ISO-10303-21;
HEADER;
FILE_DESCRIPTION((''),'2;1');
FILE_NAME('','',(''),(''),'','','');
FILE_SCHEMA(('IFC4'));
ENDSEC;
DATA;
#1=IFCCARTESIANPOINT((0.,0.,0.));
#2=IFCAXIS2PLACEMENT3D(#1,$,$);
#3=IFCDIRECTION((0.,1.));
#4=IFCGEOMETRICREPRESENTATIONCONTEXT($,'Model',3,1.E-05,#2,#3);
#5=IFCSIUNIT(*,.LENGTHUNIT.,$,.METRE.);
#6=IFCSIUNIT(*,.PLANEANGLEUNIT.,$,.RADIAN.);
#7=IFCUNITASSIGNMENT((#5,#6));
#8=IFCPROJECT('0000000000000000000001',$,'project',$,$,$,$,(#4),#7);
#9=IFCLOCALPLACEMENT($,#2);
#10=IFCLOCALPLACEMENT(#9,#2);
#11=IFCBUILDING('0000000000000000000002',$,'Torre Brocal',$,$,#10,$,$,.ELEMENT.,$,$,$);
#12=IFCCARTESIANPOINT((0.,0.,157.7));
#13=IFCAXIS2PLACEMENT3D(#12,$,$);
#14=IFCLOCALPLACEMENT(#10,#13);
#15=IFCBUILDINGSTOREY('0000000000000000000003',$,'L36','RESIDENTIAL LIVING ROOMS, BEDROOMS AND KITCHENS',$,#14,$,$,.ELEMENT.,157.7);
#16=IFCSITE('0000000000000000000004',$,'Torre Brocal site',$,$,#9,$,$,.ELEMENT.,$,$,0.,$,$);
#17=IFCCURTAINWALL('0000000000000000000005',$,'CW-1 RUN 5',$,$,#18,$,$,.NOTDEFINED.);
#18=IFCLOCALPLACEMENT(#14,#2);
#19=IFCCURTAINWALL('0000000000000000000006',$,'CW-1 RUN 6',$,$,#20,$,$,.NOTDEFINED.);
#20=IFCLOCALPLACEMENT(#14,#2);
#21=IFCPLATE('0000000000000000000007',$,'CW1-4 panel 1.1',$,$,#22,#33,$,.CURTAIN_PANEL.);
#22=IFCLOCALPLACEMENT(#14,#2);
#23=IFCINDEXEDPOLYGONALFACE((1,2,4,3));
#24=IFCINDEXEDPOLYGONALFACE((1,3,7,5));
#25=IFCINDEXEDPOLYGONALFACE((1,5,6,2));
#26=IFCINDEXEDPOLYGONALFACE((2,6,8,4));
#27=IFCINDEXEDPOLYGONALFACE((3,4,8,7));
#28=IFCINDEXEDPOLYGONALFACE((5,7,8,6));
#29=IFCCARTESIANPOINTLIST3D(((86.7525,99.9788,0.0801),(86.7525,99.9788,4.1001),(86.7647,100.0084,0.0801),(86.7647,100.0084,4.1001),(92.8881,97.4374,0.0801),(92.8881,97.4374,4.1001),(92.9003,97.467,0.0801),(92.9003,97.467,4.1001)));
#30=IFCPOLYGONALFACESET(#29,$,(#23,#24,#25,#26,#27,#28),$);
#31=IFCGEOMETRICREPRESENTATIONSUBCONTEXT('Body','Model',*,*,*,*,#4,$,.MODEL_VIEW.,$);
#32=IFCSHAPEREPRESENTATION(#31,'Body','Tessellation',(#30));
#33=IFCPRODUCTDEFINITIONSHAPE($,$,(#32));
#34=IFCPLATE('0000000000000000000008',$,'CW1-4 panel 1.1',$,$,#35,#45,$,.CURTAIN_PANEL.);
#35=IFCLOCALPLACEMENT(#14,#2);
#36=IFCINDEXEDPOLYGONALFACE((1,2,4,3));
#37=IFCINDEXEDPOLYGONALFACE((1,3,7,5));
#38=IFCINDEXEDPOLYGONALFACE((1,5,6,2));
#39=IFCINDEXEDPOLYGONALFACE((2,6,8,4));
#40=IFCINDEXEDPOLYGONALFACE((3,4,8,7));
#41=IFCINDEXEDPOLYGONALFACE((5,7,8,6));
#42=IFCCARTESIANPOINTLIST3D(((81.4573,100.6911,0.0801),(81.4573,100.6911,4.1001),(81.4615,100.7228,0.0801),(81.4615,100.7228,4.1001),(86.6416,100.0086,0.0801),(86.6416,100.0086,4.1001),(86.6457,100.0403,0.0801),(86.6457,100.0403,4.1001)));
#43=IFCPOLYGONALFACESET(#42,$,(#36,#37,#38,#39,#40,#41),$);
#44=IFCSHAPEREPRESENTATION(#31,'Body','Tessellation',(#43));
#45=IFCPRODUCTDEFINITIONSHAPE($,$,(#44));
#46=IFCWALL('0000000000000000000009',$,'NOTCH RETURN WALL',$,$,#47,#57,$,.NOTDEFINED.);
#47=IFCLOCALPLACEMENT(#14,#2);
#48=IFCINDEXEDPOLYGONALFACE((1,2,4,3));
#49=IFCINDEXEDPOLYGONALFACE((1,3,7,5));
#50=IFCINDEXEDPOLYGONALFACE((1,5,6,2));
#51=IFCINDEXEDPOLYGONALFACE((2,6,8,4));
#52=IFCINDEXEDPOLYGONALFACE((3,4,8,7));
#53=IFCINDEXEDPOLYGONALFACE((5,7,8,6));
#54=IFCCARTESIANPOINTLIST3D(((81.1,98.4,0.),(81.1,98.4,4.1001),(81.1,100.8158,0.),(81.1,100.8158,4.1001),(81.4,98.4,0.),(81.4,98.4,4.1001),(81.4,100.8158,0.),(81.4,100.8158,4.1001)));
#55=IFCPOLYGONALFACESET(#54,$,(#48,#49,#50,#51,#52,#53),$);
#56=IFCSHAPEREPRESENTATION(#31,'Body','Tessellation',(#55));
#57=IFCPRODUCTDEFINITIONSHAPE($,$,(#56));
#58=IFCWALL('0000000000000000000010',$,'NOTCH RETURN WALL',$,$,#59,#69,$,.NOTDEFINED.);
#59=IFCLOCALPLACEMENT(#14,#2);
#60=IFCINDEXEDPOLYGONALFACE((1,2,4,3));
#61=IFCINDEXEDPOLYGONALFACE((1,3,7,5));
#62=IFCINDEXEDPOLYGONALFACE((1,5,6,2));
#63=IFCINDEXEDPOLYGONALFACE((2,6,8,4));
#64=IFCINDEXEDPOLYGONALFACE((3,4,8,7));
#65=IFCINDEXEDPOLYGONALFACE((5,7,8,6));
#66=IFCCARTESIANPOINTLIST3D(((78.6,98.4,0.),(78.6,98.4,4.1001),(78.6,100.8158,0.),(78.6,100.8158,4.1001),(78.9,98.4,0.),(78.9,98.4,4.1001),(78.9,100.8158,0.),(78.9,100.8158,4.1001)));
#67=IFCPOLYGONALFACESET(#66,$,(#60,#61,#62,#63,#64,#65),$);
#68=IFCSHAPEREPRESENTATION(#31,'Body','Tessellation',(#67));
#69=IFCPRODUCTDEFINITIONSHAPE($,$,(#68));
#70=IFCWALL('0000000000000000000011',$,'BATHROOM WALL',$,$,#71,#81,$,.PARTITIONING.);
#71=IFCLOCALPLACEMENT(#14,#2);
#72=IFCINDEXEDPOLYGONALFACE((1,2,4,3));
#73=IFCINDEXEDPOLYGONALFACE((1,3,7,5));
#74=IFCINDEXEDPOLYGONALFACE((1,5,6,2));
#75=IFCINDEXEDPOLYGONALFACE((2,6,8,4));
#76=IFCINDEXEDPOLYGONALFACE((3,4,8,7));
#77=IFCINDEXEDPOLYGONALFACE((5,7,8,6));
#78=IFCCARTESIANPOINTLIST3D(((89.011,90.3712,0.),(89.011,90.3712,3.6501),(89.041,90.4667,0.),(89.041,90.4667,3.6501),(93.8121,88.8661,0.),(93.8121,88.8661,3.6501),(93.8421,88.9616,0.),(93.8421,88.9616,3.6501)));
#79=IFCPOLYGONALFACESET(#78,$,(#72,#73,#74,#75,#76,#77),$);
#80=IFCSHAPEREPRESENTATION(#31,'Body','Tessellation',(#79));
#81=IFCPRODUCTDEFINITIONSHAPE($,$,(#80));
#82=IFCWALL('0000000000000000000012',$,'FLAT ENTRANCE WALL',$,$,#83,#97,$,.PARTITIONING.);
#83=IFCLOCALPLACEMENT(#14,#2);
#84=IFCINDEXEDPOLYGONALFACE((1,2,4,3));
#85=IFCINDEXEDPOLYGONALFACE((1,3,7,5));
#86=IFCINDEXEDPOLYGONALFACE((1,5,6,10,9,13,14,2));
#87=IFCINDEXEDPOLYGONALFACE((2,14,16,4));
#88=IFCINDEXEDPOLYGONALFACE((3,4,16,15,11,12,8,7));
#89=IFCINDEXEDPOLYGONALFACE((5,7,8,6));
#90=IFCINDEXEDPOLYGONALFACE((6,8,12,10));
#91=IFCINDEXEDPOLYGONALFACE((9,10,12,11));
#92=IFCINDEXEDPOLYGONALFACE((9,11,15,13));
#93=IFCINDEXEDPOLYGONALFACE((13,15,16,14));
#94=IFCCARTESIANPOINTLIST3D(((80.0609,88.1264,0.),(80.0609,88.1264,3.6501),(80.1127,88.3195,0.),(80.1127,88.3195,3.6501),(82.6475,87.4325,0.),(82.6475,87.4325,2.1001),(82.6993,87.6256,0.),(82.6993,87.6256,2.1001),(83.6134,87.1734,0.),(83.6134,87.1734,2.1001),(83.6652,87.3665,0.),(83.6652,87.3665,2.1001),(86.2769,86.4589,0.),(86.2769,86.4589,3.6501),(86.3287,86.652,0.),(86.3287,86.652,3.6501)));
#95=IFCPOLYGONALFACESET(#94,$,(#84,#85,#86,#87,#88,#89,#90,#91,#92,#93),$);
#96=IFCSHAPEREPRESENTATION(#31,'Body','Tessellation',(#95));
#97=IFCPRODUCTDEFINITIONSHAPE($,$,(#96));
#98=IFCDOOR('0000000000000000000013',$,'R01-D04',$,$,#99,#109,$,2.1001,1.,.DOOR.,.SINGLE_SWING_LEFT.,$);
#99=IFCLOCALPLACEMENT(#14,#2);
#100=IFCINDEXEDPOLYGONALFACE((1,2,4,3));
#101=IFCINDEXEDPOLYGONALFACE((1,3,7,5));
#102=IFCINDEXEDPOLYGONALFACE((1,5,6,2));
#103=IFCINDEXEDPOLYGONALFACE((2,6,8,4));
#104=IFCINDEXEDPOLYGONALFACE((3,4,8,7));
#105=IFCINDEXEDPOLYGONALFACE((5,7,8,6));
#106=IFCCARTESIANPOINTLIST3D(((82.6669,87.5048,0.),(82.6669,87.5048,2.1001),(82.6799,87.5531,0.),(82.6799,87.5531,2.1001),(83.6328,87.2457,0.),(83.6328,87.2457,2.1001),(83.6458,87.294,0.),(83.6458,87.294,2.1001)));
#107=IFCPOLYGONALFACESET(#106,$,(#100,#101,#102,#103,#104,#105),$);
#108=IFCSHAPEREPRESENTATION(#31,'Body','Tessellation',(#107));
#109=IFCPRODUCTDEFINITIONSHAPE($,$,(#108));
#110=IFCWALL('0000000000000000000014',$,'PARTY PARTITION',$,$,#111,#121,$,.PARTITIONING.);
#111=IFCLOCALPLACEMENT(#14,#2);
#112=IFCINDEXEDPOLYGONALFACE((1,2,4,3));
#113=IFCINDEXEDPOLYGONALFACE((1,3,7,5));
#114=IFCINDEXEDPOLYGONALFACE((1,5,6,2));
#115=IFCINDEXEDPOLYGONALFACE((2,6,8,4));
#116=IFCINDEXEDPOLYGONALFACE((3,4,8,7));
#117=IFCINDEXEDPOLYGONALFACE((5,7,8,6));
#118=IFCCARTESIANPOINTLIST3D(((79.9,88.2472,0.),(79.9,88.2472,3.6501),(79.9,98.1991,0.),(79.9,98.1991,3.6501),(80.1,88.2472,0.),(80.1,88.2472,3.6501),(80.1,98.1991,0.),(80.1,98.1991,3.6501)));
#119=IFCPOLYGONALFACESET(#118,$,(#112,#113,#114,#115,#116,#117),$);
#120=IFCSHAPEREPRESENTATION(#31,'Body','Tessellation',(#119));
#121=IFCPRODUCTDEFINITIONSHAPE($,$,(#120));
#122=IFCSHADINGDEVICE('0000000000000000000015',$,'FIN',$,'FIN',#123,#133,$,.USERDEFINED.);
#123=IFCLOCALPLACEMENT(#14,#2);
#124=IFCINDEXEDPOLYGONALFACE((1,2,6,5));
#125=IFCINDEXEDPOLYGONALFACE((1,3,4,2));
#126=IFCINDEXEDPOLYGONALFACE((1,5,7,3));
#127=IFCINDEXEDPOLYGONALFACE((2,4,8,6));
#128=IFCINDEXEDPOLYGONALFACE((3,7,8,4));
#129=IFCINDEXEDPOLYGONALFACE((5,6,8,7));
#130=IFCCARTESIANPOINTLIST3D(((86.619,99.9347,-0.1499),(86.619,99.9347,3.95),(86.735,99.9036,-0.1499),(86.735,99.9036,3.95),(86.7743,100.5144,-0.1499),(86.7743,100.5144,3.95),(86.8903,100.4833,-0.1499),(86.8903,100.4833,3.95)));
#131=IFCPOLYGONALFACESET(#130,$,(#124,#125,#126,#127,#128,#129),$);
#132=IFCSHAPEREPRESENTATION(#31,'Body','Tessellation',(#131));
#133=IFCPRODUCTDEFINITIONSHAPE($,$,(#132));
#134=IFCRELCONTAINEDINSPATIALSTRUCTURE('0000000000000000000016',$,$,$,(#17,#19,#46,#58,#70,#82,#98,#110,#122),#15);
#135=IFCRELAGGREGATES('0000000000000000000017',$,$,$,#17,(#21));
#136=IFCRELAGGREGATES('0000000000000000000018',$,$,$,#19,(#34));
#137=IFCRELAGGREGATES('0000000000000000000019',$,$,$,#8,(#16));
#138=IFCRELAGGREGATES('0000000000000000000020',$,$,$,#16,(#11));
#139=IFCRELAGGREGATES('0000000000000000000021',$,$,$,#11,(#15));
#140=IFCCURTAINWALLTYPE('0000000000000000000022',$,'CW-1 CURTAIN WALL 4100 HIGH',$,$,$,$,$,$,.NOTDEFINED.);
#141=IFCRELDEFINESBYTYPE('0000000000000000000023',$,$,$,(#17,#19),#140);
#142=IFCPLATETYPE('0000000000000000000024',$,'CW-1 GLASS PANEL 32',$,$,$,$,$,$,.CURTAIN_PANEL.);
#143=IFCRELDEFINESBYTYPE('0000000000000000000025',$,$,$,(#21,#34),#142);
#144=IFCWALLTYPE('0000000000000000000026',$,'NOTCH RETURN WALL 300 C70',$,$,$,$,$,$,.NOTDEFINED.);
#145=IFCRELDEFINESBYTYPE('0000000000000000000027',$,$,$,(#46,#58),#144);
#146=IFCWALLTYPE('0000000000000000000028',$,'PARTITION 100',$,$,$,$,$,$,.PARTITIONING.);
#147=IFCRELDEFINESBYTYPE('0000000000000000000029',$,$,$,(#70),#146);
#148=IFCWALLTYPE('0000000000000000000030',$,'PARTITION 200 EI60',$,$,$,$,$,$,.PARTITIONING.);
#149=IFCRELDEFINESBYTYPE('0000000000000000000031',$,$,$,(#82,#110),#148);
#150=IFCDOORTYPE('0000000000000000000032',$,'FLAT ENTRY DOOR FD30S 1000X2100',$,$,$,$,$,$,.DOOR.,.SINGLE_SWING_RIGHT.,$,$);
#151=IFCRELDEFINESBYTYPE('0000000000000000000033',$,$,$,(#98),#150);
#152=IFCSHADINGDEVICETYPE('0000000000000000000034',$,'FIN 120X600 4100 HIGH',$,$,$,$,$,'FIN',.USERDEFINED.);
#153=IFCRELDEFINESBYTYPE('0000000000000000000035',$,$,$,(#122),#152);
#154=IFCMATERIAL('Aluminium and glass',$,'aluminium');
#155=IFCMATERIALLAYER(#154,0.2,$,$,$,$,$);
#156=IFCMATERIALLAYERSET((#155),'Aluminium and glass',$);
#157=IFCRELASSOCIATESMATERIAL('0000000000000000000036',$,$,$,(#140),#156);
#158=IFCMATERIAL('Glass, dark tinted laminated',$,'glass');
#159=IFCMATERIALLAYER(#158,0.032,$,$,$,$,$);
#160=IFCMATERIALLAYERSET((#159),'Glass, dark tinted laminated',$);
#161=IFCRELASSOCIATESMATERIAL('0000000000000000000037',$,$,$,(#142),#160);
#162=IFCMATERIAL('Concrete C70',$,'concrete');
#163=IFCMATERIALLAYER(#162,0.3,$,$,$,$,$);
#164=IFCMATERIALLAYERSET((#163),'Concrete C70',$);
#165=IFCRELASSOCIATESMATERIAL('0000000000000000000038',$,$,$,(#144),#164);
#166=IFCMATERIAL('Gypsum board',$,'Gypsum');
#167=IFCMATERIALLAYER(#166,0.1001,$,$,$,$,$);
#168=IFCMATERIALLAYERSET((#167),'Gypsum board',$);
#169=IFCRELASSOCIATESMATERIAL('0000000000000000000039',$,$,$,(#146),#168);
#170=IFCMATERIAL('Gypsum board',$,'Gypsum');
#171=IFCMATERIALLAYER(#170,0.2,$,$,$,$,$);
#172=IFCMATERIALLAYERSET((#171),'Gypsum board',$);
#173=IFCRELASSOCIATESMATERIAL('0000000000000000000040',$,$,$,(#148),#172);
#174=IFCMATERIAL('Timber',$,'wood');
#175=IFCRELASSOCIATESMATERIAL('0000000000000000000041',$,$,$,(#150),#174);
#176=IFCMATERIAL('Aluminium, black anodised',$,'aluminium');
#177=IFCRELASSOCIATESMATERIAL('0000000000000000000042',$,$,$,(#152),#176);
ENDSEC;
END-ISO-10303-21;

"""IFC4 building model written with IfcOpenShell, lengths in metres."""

from ifc_helpers import new_model, si_unit, direction, frame, frame_2d, origin, origin_2d, place, context, subcontext, project, spatial, rectangle, extrude, material, layer, layer_set, material_profile, profile_set, type_object, element, fill, aggregate, save


model = new_model("IFC4")

# Units and contexts
model_context = context("Model", 3, precision=1e-05, world=origin(), true_north=direction((0.0, 1.0)))
body_context = subcontext(model_context, "Body", "Model", "MODEL_VIEW")
ifc_project = project(units=[si_unit("LENGTHUNIT", "METRE"), si_unit("PLANEANGLEUNIT", "RADIAN")], contexts=[model_context])

# Site, building, storey
site_placement = place(None, origin())
site = spatial("IfcSite", under=ifc_project, at=site_placement, Name="Torre Brocal site", CompositionType="ELEMENT", RefElevation=0.0)
building_placement = place(site_placement, origin())
building = spatial("IfcBuilding", under=site, at=building_placement, Name="Torre Brocal", CompositionType="ELEMENT")
storey_placement = place(building_placement, frame((0.0, 0.0, 157.7)))
storey = spatial("IfcBuildingStorey", under=building, at=storey_placement, Name="L36", Description="RESIDENTIAL LIVING ROOMS, BEDROOMS AND KITCHENS", CompositionType="ELEMENT", Elevation=157.7)

# Curtain wall
ifc_material_1 = material(Name="Aluminium and glass", Category="aluminium")
ifc_layer_1 = layer(ifc_material_1, 0.2)
ifc_layer_set_1 = layer_set([ifc_layer_1], Name="Aluminium and glass")
curtain_wall_type = type_object("IfcCurtainWallType", Name="CW-1 CURTAIN WALL 4100 HIGH", PredefinedType="NOTDEFINED", material=ifc_layer_set_1)
curtain_wall_1_placement = place(storey_placement, origin())
curtain_wall_1 = element("IfcCurtainWall", 1, at=curtain_wall_1_placement, inside=storey, type_object=curtain_wall_type, Name="CW-1 RUN 5", PredefinedType="NOTDEFINED")

# Curtain wall
curtain_wall_2_placement = place(storey_placement, origin())
curtain_wall_2 = element("IfcCurtainWall", 2, at=curtain_wall_2_placement, inside=storey, type_object=curtain_wall_type, Name="CW-1 RUN 6", PredefinedType="NOTDEFINED")

# Plates
ifc_material_2 = material(Name="Glass, dark tinted laminated", Category="glass")
ifc_layer_2 = layer(ifc_material_2, 0.032)
ifc_layer_set_2 = layer_set([ifc_layer_2], Name="Glass, dark tinted laminated")
plate_type = type_object("IfcPlateType", Name="CW-1 GLASS PANEL 32", PredefinedType="CURTAIN_PANEL", material=ifc_layer_set_2)
plate_1_placement = place(storey_placement, frame((89.8264, 98.7229, 0.0801), z_axis=(0.0, 0.0, 1.0), x_axis=(-0.92388, 0.382683, 0.0)))
plate_1 = element("IfcPlate", 3, at=plate_1_placement, type_object=plate_type, Name="CW1-4 panel 1.1", PredefinedType="CURTAIN_PANEL", context=body_context, shape_type="SweptSolid", body=[
    extrude(rectangle(XDim=6.6411, YDim=0.032, at=origin_2d()), origin(), (0.0, 0.0, 1.0), 4.02),
])
aggregate(curtain_wall_1, [plate_1])
plate_2_placement = place(storey_placement, frame((84.0515, 100.3657, 0.0801), z_axis=(0.0, 0.0, 1.0), x_axis=(-0.991445, 0.130526, 0.0)))
plate_2 = element("IfcPlate", 4, at=plate_2_placement, type_object=plate_type, Name="CW1-4 panel 1.1", PredefinedType="CURTAIN_PANEL", context=body_context, shape_type="SweptSolid", body=[
    extrude(rectangle(XDim=5.229, YDim=0.032, at=origin_2d()), origin(), (0.0, 0.0, 1.0), 4.02),
])
aggregate(curtain_wall_2, [plate_2])

# Walls
ifc_material_3 = material(Name="Concrete C70", Category="concrete")
ifc_layer_3 = layer(ifc_material_3, 0.3)
ifc_layer_set_3 = layer_set([ifc_layer_3], Name="Concrete C70")
wall_type_1 = type_object("IfcWallType", Name="NOTCH RETURN WALL 300 C70", PredefinedType="NOTDEFINED", material=ifc_layer_set_3)
for number, where, z_axis, x_axis, name in (
    (5, (81.25, 98.3999, 0.0), (0.0, 0.0, 1.0), (0.0, 1.0, 0.0), "NOTCH RETURN WALL"),
    (6, (78.75, 98.3999, 0.0), (0.0, 0.0, 1.0), (0.0, 1.0, 0.0), "NOTCH RETURN WALL"),
):
    element("IfcWall", number, at=place(storey_placement, frame(where, z_axis=z_axis, x_axis=x_axis)), inside=storey, type_object=wall_type_1, Name=name, PredefinedType="NOTDEFINED", context=body_context, shape_type="SweptSolid", body=[
        extrude(rectangle(XDim=2.4158, YDim=0.3, at=frame_2d((1.208, 0.0))), origin(), (0.0, 0.0, 1.0), 4.1001),
    ])
ifc_material_4 = material(Name="Gypsum board", Category="Gypsum")
ifc_layer_4 = layer(ifc_material_4, 0.1001)
ifc_layer_set_4 = layer_set([ifc_layer_4], Name="Gypsum board")
wall_type_2 = type_object("IfcWallType", Name="PARTITION 100", PredefinedType="PARTITIONING", material=ifc_layer_set_4)
wall_1_placement = place(storey_placement, frame((89.0261, 90.4189, 0.0), z_axis=(0.0, 0.0, 1.0), x_axis=(0.954208, -0.299145, 0.0)))
element("IfcWall", 7, at=wall_1_placement, inside=storey, type_object=wall_type_2, Name="BATHROOM WALL", PredefinedType="PARTITIONING", context=body_context, shape_type="SweptSolid", body=[
    extrude(rectangle(XDim=5.0315, YDim=0.1001, at=frame_2d((2.5156, 0.0))), origin(), (0.0, 0.0, 1.0), 3.6501),
])

# Wall, opening, door
ifc_material_5 = material(Name="Gypsum board", Category="Gypsum")
ifc_layer_5 = layer(ifc_material_5, 0.2)
ifc_layer_set_5 = layer_set([ifc_layer_5], Name="Gypsum board")
wall_type_3 = type_object("IfcWallType", Name="PARTITION 200 EI60", PredefinedType="PARTITIONING", material=ifc_layer_set_5)
wall_2_placement = place(storey_placement, frame((80.0869, 88.2229, 0.0), z_axis=(0.0, 0.0, 1.0), x_axis=(0.965852, -0.259093, 0.0)))
wall_2 = element("IfcWall", 8, at=wall_2_placement, inside=storey, type_object=wall_type_3, Name="FLAT ENTRANCE WALL", PredefinedType="PARTITIONING", context=body_context, shape_type="SweptSolid", body=[
    extrude(rectangle(XDim=6.4358, YDim=0.2, at=frame_2d((3.2178, 0.0))), origin(), (0.0, 0.0, 1.0), 3.6501),
])
opening_placement = place(wall_2_placement, frame((2.678, 0.0, 0.0)))
opening = element("IfcOpeningElement", 9, at=opening_placement, cuts=wall_2, PredefinedType="OPENING", context=body_context, shape_type="SweptSolid", body=[
    extrude(rectangle(XDim=1.0, YDim=2.1001, at=frame_2d((0.5, 1.05))), frame((0.0, 0.1099, 0.0), z_axis=(0.0, -1.0, 0.0), x_axis=(1.0, 0.0, 0.0)), (0.0, 0.0, 1.0), 0.22),
])
ifc_material_6 = material(Name="Timber", Category="wood")
door_type = type_object("IfcDoorType", Name="FLAT ENTRY DOOR FD30S 1000X2100", OperationType="SINGLE_SWING_RIGHT", PredefinedType="DOOR", material=ifc_material_6)
door_placement = place(opening_placement, origin())
door = element("IfcDoor", 10, at=door_placement, inside=storey, type_object=door_type, Name="R01-D04", OperationType="SINGLE_SWING_LEFT", OverallHeight=2.1001, OverallWidth=1.0, PredefinedType="DOOR", context=body_context, shape_type="SweptSolid", body=[
    extrude(rectangle(XDim=1.0, YDim=2.1001, at=frame_2d((0.5, 1.05))), frame((0.0, 0.0249, 0.0), z_axis=(0.0, -1.0, 0.0), x_axis=(1.0, 0.0, 0.0)), (0.0, 0.0, 1.0), 0.05),
])
fill(opening, door)

# Wall
wall_3_placement = place(storey_placement, frame((80.0, 88.2471, 0.0), z_axis=(0.0, 0.0, 1.0), x_axis=(0.0, 1.0, 0.0)))
element("IfcWall", 11, at=wall_3_placement, inside=storey, type_object=wall_type_3, Name="PARTY PARTITION", PredefinedType="PARTITIONING", context=body_context, shape_type="SweptSolid", body=[
    extrude(rectangle(XDim=9.9519, YDim=0.2, at=frame_2d((4.9761, 0.0))), origin(), (0.0, 0.0, 1.0), 3.6501),
])

# Shading device
ifc_material_7 = material(Name="Aluminium, black anodised", Category="aluminium")
ifc_material_profile_1 = material_profile(ifc_material_7, rectangle(XDim=0.1201, YDim=0.6001, at=origin_2d()), Name="FIN 120X600 4100 HIGH")
ifc_profile_set_1 = profile_set([ifc_material_profile_1], Name="Aluminium, black anodised")
shading_device_type = type_object("IfcShadingDeviceType", Name="FIN 120X600 4100 HIGH", ElementType="FIN", PredefinedType="USERDEFINED", material=ifc_profile_set_1)
shading_device_placement = place(storey_placement, frame((86.7546, 100.209, -0.1499), z_axis=(0.0, 0.0, 1.0), x_axis=(-0.965926, 0.258819, 0.0)))
element("IfcShadingDevice", 12, at=shading_device_placement, inside=storey, type_object=shading_device_type, Name="FIN", ObjectType="FIN", PredefinedType="USERDEFINED", context=body_context, shape_type="SweptSolid", body=[
    extrude(rectangle(XDim=0.1201, YDim=0.6001, at=origin_2d()), origin(), (0.0, 0.0, 1.0), 4.0999),
])

save(model, "model.ifc")
